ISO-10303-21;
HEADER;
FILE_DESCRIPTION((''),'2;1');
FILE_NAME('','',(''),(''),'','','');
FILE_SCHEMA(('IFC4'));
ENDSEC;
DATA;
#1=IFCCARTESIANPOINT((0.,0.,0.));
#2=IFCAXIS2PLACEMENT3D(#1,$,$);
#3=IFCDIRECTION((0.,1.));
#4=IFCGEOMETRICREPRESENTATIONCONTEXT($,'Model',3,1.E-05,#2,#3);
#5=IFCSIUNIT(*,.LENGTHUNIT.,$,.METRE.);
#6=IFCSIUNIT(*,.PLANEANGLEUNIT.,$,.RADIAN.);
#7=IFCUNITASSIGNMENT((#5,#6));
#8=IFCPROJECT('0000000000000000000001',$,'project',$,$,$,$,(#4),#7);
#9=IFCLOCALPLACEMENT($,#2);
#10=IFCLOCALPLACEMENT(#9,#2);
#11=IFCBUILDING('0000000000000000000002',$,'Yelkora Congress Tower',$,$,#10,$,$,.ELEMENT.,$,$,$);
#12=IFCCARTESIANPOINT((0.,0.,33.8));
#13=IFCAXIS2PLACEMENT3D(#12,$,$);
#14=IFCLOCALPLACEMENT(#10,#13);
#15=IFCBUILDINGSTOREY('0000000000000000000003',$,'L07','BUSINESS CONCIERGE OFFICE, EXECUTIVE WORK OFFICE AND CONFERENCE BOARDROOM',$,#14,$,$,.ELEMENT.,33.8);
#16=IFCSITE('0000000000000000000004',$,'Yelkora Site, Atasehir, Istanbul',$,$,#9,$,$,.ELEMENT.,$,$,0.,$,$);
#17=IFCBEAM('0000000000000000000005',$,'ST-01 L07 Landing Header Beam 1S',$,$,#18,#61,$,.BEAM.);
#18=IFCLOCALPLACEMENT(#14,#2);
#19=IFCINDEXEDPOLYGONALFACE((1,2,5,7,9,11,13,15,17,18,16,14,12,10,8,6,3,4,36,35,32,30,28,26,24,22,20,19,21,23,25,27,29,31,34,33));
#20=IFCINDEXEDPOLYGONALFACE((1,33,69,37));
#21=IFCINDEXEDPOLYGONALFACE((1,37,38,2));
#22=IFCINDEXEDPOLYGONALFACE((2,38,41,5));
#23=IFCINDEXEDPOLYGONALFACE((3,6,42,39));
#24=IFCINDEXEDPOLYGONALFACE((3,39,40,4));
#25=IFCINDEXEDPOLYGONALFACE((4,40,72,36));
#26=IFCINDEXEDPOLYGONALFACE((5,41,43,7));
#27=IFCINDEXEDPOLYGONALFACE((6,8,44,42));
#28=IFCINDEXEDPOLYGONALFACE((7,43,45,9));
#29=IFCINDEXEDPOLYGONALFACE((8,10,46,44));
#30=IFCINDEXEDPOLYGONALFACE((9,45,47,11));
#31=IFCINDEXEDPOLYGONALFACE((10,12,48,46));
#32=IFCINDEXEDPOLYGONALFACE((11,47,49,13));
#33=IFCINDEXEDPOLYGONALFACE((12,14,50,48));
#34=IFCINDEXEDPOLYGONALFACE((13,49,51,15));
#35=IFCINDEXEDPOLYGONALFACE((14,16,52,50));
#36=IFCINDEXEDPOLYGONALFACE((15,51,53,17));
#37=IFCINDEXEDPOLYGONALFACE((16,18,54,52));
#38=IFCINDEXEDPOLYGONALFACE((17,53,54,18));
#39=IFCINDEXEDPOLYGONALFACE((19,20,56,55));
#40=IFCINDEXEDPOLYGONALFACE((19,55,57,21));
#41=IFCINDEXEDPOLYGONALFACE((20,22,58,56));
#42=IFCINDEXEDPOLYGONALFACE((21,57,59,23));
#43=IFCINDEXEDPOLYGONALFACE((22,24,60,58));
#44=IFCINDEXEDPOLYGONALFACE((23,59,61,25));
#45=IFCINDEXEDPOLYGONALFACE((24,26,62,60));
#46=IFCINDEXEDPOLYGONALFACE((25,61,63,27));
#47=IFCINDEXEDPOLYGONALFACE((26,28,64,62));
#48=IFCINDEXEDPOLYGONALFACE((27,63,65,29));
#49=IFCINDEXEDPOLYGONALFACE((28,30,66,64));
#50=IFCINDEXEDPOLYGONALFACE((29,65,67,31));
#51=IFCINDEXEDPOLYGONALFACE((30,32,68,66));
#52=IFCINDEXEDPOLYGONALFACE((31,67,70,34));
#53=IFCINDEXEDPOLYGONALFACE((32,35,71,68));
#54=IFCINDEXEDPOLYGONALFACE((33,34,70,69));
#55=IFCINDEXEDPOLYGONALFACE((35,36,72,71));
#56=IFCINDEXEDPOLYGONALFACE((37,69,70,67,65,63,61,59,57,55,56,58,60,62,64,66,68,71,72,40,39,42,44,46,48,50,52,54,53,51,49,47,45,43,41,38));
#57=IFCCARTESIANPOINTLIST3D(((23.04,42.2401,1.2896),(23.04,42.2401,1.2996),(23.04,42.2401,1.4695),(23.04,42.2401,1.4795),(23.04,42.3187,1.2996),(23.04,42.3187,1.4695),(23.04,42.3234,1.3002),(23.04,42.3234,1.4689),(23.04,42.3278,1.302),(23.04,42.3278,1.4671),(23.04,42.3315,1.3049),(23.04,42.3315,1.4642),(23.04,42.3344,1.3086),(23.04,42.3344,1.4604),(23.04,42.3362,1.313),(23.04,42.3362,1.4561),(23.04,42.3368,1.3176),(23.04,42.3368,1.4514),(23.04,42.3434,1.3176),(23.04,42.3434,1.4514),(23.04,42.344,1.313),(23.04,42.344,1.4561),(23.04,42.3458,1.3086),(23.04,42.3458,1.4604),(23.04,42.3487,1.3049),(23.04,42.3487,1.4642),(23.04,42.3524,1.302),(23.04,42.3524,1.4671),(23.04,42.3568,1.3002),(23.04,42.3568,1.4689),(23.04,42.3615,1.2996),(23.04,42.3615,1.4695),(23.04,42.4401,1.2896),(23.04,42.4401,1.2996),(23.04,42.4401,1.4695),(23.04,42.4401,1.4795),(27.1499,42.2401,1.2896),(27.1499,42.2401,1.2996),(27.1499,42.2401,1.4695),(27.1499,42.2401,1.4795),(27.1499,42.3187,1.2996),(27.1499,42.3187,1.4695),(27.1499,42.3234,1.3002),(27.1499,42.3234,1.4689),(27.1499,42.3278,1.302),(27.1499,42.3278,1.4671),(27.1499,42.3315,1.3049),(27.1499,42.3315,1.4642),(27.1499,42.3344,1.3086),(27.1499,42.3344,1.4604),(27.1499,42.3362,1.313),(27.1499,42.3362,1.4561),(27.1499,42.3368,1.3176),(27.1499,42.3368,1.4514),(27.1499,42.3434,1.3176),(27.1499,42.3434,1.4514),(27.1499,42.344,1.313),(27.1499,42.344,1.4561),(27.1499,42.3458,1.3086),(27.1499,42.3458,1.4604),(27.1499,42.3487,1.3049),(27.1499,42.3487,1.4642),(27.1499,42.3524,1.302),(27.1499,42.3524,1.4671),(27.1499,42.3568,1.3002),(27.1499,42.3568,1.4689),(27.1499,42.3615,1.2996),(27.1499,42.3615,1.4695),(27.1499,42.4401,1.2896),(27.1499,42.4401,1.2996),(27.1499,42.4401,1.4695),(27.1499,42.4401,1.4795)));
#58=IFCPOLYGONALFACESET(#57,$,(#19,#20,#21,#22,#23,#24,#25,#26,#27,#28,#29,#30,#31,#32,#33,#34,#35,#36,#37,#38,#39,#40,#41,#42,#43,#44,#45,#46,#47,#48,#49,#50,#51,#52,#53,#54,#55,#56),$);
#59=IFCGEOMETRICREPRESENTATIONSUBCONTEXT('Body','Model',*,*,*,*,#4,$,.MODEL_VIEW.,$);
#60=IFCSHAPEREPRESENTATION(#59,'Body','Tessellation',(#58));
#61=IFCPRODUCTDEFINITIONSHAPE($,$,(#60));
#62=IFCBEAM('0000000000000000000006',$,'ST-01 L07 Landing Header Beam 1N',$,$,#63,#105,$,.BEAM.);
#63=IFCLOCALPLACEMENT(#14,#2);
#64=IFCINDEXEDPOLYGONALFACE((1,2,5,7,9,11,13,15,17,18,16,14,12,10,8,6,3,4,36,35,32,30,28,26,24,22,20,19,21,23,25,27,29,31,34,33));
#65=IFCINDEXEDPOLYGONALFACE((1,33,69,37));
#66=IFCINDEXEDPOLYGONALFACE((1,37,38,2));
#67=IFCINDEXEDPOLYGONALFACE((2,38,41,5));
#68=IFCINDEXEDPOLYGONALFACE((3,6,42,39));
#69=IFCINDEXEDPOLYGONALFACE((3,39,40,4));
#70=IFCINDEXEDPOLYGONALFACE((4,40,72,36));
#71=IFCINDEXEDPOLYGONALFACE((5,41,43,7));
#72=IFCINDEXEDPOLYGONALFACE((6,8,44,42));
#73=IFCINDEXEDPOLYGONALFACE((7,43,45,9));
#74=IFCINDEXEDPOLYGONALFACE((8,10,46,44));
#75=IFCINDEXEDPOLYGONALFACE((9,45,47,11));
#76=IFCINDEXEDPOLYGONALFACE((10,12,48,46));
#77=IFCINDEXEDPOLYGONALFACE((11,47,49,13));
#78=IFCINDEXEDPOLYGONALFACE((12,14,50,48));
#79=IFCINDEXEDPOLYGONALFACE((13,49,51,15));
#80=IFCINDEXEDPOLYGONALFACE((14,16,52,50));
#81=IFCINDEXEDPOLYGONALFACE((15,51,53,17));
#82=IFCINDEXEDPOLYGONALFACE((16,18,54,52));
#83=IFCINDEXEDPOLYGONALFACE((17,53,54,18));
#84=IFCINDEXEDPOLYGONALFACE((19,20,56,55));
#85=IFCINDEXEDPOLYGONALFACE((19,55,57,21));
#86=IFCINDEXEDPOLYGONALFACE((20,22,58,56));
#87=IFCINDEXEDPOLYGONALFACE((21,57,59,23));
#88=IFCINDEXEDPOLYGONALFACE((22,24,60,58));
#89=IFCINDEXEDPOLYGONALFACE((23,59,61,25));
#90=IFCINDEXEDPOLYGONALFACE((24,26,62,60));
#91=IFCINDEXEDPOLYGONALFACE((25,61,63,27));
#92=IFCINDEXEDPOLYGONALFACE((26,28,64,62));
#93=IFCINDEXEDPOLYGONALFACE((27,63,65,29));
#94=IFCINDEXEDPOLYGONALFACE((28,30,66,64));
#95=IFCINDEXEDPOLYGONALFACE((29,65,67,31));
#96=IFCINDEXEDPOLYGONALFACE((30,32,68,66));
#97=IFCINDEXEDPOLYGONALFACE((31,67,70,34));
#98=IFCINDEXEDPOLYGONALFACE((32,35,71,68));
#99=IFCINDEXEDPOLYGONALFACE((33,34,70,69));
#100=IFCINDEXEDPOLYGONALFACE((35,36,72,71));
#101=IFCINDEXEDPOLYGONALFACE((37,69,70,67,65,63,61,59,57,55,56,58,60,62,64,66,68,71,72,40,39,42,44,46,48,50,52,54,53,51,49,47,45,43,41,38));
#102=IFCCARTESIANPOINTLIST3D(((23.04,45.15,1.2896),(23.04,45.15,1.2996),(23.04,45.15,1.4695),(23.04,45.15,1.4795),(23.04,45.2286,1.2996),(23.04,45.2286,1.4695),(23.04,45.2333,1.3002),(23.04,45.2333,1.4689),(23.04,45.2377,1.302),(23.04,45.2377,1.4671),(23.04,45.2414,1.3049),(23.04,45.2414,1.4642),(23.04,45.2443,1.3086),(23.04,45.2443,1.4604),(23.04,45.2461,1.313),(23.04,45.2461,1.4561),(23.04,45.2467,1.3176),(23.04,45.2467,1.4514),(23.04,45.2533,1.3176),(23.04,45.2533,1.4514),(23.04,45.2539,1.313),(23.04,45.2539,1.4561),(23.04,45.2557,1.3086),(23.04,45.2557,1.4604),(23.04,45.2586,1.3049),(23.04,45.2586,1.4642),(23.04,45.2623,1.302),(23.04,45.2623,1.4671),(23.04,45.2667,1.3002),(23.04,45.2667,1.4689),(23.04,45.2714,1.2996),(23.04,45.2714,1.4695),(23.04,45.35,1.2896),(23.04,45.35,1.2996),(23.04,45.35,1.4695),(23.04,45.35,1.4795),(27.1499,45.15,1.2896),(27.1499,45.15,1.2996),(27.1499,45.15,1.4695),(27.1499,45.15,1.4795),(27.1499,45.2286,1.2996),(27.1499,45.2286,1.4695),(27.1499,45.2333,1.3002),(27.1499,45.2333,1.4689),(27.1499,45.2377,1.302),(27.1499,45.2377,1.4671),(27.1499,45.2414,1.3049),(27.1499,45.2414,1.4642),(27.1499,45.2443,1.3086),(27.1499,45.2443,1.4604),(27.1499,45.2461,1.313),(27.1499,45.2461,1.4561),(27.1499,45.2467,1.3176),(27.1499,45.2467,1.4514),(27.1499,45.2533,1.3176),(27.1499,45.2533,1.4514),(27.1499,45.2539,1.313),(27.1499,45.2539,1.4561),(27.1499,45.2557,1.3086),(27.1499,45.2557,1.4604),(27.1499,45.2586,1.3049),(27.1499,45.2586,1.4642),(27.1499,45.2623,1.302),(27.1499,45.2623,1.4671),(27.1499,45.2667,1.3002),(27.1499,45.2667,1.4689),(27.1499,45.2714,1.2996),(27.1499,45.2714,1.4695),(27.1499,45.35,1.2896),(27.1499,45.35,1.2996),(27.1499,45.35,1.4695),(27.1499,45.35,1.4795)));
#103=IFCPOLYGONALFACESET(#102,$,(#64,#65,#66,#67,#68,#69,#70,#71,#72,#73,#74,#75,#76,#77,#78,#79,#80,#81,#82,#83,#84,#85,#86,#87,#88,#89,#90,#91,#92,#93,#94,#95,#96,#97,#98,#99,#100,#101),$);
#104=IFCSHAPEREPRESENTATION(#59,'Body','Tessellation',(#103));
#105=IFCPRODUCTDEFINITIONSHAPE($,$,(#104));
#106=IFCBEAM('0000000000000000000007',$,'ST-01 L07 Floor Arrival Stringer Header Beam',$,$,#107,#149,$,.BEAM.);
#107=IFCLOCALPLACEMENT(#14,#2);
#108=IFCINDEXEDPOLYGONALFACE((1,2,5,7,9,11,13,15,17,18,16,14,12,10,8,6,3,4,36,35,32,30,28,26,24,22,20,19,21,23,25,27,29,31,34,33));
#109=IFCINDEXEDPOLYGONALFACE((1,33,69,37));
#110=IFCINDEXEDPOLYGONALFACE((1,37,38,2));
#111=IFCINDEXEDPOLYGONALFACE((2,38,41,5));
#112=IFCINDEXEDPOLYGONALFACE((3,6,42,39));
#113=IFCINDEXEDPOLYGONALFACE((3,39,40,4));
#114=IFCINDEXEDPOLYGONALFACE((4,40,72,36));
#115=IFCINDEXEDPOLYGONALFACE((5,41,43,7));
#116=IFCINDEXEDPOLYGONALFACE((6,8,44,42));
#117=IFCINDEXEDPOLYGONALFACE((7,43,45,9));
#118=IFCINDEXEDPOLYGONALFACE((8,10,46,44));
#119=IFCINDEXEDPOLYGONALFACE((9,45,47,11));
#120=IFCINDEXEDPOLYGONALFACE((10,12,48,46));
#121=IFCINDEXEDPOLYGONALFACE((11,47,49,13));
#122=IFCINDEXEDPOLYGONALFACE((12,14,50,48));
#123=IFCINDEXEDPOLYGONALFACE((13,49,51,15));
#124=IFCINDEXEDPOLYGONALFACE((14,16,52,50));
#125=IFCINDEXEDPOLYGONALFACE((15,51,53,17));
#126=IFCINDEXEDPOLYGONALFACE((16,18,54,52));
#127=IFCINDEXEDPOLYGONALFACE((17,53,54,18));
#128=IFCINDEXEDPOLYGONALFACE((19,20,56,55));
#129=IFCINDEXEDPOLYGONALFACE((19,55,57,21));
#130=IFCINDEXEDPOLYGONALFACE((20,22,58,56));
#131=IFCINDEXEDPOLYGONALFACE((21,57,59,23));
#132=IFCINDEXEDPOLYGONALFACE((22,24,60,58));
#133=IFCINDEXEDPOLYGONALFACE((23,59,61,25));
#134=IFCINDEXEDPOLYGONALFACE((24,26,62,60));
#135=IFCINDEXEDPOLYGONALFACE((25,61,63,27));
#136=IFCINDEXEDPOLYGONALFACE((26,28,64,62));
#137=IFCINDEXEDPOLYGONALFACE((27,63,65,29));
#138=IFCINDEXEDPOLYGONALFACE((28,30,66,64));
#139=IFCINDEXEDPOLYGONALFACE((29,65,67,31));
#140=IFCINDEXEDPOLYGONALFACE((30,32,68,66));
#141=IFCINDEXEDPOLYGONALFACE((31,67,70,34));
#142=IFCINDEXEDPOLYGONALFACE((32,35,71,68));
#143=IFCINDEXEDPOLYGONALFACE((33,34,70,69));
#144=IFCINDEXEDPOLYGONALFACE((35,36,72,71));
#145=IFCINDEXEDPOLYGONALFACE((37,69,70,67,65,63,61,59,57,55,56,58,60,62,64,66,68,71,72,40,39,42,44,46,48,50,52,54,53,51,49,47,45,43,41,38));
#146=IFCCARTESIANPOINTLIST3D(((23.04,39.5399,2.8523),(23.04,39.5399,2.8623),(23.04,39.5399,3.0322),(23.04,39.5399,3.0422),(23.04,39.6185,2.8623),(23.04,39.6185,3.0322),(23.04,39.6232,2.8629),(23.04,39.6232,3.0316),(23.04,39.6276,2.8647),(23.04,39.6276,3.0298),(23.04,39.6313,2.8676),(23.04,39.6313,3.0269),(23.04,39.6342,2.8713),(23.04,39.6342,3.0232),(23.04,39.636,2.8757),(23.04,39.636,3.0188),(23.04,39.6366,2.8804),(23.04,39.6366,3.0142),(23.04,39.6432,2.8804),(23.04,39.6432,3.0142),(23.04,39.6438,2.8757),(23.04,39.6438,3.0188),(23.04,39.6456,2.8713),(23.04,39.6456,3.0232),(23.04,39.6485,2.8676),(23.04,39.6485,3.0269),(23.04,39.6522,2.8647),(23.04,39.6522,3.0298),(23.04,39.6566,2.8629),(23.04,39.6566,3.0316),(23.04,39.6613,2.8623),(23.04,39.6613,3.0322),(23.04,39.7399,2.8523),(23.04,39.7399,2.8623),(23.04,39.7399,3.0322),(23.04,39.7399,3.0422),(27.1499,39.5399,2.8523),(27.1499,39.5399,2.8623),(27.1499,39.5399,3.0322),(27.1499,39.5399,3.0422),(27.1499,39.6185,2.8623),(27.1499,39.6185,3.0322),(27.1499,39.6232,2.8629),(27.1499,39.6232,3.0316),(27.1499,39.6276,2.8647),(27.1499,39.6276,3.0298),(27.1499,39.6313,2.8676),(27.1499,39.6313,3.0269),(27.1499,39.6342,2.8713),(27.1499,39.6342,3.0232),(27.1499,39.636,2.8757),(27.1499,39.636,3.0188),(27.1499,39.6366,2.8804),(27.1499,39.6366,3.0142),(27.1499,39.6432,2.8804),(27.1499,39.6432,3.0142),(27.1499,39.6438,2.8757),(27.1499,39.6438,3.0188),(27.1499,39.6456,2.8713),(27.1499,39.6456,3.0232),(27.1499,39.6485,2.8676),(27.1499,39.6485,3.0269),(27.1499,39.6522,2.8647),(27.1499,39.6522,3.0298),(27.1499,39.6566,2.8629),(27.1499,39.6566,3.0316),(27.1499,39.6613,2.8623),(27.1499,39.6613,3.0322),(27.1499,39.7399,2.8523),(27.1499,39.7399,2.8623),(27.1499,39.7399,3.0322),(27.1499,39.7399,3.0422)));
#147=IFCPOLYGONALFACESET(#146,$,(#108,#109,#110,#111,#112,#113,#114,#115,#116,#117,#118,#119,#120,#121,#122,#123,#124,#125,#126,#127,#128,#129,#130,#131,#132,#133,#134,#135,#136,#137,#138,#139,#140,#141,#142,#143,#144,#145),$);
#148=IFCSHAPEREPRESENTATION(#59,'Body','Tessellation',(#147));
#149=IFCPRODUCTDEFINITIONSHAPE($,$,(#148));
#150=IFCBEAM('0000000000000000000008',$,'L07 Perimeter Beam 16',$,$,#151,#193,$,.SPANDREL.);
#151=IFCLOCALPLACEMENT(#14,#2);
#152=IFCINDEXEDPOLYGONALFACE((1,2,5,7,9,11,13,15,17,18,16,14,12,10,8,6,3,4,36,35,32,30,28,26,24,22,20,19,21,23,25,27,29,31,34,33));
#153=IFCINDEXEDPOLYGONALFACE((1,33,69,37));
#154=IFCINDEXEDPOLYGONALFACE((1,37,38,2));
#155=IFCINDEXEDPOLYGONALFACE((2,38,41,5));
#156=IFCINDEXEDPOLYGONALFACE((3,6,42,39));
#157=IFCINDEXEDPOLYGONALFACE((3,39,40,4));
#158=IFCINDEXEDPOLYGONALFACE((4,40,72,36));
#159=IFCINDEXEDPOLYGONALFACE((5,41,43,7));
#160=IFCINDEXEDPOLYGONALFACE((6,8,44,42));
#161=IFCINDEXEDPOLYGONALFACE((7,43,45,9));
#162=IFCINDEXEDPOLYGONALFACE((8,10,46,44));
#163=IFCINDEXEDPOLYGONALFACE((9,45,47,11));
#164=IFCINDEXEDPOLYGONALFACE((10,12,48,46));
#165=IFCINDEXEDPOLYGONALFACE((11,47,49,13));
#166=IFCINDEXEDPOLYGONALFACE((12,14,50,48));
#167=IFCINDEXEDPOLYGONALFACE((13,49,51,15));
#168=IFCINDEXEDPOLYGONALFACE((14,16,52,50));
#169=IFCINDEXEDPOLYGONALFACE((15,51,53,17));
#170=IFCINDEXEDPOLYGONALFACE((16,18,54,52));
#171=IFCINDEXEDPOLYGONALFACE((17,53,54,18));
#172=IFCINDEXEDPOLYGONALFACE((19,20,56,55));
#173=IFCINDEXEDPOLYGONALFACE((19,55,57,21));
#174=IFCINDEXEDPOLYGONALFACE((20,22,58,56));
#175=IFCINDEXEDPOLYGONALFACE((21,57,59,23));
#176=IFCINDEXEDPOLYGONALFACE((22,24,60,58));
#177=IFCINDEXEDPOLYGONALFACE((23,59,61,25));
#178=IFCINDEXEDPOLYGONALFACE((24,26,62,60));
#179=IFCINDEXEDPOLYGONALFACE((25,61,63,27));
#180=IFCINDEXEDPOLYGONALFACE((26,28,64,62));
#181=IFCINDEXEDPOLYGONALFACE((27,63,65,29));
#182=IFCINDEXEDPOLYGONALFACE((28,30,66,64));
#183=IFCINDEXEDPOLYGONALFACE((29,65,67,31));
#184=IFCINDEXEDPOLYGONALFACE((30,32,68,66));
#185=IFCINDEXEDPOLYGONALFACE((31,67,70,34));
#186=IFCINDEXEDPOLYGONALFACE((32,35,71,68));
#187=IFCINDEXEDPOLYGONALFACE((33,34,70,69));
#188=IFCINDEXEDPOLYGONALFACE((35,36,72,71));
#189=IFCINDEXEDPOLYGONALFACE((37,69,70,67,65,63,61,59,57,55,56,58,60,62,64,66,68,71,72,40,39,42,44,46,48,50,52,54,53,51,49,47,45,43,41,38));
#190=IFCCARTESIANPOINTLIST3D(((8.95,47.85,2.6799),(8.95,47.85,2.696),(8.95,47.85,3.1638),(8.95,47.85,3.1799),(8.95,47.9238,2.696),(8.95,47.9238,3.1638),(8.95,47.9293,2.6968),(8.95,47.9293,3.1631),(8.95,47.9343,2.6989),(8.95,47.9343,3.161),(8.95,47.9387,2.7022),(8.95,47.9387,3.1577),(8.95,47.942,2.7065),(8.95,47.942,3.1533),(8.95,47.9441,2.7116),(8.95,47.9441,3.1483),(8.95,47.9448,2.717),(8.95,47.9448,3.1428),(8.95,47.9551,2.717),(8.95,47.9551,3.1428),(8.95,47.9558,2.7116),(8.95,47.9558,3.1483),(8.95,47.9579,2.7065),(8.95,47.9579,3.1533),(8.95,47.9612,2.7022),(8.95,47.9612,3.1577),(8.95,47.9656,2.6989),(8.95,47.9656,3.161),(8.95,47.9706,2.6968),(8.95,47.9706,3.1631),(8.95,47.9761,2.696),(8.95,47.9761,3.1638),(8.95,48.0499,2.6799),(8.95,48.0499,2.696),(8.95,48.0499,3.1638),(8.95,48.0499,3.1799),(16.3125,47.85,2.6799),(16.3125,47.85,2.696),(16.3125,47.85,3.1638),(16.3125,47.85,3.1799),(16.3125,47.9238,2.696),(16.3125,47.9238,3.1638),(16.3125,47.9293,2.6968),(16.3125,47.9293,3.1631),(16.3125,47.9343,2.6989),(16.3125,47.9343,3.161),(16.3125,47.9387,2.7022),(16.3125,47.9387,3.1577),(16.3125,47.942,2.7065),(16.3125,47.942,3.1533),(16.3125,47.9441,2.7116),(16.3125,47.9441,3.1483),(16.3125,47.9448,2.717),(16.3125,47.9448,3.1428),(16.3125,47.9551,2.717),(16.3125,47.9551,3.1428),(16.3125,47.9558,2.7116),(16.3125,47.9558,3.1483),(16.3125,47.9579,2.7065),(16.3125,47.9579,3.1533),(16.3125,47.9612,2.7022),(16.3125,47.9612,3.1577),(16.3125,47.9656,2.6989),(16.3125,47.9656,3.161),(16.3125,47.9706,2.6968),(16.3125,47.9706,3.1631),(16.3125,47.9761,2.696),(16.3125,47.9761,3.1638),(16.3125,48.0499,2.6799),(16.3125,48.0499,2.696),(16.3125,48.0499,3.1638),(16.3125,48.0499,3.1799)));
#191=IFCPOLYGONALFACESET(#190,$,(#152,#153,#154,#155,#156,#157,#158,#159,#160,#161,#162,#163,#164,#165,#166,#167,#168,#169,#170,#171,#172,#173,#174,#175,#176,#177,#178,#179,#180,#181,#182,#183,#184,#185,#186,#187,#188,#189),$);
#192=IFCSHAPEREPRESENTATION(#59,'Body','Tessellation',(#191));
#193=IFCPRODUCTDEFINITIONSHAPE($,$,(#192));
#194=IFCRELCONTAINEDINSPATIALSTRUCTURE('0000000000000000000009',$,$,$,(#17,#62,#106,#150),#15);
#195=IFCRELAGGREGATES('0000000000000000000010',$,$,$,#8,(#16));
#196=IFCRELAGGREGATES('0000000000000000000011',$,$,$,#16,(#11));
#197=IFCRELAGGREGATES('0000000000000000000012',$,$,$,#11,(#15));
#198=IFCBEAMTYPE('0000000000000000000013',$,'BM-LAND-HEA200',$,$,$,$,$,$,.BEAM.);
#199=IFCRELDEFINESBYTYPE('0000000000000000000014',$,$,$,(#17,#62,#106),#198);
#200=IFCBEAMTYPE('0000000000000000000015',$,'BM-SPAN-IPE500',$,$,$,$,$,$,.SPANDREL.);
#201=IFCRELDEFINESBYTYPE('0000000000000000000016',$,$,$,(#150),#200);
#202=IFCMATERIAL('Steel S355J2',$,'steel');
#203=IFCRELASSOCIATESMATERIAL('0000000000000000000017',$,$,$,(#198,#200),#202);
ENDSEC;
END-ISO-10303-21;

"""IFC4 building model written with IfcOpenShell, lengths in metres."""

from ifc_helpers import new_model, si_unit, direction, frame, origin, origin_2d, place, context, subcontext, project, spatial, i_section, extrude, material, material_profile, profile_set, type_object, element, save


model = new_model("IFC4")

# Units and contexts
model_context = context("Model", 3, precision=1e-05, world=origin(), true_north=direction((0.0, 1.0)))
body_context = subcontext(model_context, "Body", "Model", "MODEL_VIEW")
ifc_project = project(units=[si_unit("LENGTHUNIT", "METRE"), si_unit("PLANEANGLEUNIT", "RADIAN")], contexts=[model_context])

# Site, building, storey
site_placement = place(None, origin())
site = spatial("IfcSite", under=ifc_project, at=site_placement, Name="Yelkora Site, Atasehir, Istanbul", CompositionType="ELEMENT", RefElevation=0.0)
building_placement = place(site_placement, origin())
building = spatial("IfcBuilding", under=site, at=building_placement, Name="Yelkora Congress Tower", CompositionType="ELEMENT")
storey_placement = place(building_placement, frame((0.0, 0.0, 33.8)))
storey = spatial("IfcBuildingStorey", under=building, at=storey_placement, Name="L07", Description="BUSINESS CONCIERGE OFFICE, EXECUTIVE WORK OFFICE AND CONFERENCE BOARDROOM", CompositionType="ELEMENT", Elevation=33.8)

# Beams
ifc_material_1 = material(Name="Steel S355J2", Category="steel")
ifc_material_profile_1 = material_profile(ifc_material_1, i_section(OverallWidth=0.2, OverallDepth=0.1899, WebThickness=0.0066, FlangeThickness=0.01, FilletRadius=0.0181, at=origin_2d()), Name="HEA 200")
ifc_profile_set_1 = profile_set([ifc_material_profile_1], Name="Steel S355J2")
beam_type_1 = type_object("IfcBeamType", Name="BM-LAND-HEA200", PredefinedType="BEAM", material=ifc_profile_set_1)
for number, where, z_axis, x_axis, name in (
    (1, (23.04, 42.3401, 1.3845), (1.0, 0.0, 0.0), (0.0, 1.0, 0.0), "ST-01 L07 Landing Header Beam 1S"),
    (2, (23.04, 45.25, 1.3845), (1.0, 0.0, 0.0), (0.0, 1.0, 0.0), "ST-01 L07 Landing Header Beam 1N"),
    (3, (23.04, 39.6399, 2.9473), (1.0, 0.0, 0.0), (0.0, 1.0, 0.0), "ST-01 L07 Floor Arrival Stringer Header Beam"),
):
    element("IfcBeam", number, at=place(storey_placement, frame(where, z_axis=z_axis, x_axis=x_axis)), inside=storey, type_object=beam_type_1, Name=name, PredefinedType="BEAM", context=body_context, shape_type="SweptSolid", body=[
        extrude(i_section(OverallWidth=0.2, OverallDepth=0.1899, WebThickness=0.0066, FlangeThickness=0.01, FilletRadius=0.0181, at=origin_2d()), origin(), (0.0, 0.0, 1.0), 4.1099),
    ])
ifc_material_profile_2 = material_profile(ifc_material_1, i_section(OverallWidth=0.2, OverallDepth=0.5, WebThickness=0.0103, FlangeThickness=0.0161, FilletRadius=0.021, at=origin_2d()), Name="IPE 500")
ifc_profile_set_2 = profile_set([ifc_material_profile_2], Name="Steel S355J2")
beam_type_2 = type_object("IfcBeamType", Name="BM-SPAN-IPE500", PredefinedType="SPANDREL", material=ifc_profile_set_2)
beam_1_placement = place(storey_placement, frame((16.3125, 47.95, 2.9299), z_axis=(-1.0, 0.0, 0.0), x_axis=(0.0, -1.0, 0.0)))
element("IfcBeam", 4, at=beam_1_placement, inside=storey, type_object=beam_type_2, Name="L07 Perimeter Beam 16", PredefinedType="SPANDREL", context=body_context, shape_type="SweptSolid", body=[
    extrude(i_section(OverallWidth=0.2, OverallDepth=0.5, WebThickness=0.0103, FlangeThickness=0.0161, FilletRadius=0.021, at=origin_2d()), origin(), (0.0, 0.0, 1.0), 7.3625),
])

save(model, "model.ifc")
